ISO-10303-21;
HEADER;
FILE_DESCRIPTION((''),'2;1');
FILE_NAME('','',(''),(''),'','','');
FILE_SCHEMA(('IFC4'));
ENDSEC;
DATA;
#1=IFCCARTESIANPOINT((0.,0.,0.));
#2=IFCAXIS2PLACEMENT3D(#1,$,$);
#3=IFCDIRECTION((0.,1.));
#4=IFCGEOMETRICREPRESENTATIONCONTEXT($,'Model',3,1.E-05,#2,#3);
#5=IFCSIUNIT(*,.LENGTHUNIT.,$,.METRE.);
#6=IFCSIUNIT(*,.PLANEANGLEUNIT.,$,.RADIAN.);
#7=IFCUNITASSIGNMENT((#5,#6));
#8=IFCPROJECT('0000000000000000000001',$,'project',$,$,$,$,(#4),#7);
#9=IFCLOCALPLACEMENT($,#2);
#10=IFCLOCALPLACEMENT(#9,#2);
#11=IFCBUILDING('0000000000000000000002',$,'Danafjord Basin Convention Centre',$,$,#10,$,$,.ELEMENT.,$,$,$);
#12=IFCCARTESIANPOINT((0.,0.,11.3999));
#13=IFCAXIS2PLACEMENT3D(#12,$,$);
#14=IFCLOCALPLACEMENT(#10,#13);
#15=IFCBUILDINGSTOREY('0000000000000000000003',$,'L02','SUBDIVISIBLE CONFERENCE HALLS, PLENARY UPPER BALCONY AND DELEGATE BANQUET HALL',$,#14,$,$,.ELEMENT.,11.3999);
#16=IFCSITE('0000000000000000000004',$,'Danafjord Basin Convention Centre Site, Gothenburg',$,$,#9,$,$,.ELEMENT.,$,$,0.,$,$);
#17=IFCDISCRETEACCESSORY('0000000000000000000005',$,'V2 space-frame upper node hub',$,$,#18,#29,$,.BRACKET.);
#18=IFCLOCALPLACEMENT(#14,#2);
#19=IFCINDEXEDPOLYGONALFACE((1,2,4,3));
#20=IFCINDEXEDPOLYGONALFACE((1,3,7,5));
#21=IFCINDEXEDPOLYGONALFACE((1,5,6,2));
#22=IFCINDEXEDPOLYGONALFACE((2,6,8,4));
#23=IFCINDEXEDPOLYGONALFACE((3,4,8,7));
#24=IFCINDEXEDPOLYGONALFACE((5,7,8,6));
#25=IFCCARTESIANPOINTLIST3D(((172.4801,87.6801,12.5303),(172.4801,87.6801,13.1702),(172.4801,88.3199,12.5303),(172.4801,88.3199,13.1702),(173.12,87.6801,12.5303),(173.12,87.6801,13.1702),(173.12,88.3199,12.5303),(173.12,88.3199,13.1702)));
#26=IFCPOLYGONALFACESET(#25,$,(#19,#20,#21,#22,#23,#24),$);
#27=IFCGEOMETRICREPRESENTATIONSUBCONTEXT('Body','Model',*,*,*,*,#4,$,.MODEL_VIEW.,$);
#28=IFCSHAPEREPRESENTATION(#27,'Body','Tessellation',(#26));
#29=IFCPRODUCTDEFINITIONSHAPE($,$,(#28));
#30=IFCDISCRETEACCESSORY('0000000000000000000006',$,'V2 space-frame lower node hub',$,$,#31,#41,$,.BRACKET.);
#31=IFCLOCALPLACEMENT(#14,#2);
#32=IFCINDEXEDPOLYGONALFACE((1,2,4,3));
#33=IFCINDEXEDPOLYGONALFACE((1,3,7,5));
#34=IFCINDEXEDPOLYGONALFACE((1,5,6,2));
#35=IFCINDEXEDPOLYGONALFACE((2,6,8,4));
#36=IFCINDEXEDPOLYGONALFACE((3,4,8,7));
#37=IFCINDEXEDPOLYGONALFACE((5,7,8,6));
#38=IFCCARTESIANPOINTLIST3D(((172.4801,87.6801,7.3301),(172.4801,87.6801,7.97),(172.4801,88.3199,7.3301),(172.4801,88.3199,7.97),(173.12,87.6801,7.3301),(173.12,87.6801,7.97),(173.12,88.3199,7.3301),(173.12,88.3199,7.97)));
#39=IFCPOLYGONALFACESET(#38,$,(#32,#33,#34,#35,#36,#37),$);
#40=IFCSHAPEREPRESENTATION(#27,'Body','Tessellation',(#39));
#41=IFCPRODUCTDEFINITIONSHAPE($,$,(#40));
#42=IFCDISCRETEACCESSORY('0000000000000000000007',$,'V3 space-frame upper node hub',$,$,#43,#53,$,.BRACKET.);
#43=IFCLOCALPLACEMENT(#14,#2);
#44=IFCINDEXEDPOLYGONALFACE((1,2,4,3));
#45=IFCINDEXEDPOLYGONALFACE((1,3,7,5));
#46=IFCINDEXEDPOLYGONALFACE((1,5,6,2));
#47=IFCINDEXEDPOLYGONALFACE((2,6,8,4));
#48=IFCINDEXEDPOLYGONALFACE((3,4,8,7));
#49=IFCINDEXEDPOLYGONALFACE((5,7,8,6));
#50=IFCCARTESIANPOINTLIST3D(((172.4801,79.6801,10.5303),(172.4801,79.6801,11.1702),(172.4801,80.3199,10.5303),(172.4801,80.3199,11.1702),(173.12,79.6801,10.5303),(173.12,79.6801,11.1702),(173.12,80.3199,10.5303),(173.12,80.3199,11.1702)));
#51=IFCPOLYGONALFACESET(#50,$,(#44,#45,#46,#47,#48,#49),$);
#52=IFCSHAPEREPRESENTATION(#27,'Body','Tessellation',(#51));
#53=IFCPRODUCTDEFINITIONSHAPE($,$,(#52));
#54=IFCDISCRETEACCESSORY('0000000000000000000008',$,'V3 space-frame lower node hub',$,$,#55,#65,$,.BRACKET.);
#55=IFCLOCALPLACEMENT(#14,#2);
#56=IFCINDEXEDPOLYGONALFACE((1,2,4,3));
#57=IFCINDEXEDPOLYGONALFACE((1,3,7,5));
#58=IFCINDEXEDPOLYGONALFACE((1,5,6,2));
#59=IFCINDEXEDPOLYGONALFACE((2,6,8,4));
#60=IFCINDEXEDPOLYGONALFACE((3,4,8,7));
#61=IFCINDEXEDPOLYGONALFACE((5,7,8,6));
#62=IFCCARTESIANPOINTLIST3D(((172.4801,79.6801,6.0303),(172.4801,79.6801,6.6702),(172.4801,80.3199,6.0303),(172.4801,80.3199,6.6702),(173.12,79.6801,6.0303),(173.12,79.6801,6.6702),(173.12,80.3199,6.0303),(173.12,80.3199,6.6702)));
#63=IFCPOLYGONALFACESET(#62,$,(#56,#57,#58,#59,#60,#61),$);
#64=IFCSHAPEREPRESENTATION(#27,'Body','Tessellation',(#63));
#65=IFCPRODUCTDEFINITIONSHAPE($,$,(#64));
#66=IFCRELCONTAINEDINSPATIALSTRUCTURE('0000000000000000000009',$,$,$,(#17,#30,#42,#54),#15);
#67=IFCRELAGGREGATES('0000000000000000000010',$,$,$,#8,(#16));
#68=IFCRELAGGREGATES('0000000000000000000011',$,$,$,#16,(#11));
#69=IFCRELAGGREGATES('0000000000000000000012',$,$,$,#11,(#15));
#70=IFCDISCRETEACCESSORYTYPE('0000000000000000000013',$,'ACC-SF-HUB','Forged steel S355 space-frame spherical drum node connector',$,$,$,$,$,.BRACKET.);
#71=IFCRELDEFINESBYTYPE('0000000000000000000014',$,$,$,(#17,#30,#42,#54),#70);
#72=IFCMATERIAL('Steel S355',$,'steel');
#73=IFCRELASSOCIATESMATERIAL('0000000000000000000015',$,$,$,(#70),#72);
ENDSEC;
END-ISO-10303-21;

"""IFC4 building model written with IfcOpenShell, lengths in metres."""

from ifc_helpers import new_model, si_unit, direction, frame, origin, origin_2d, place, context, subcontext, project, spatial, rectangle, extrude, material, type_object, element, save


model = new_model("IFC4")

# Units and contexts
model_context = context("Model", 3, precision=1e-05, world=origin(), true_north=direction((0.0, 1.0)))
body_context = subcontext(model_context, "Body", "Model", "MODEL_VIEW")
ifc_project = project(units=[si_unit("LENGTHUNIT", "METRE"), si_unit("PLANEANGLEUNIT", "RADIAN")], contexts=[model_context])

# Site, building, storey
site_placement = place(None, origin())
site = spatial("IfcSite", under=ifc_project, at=site_placement, Name="Danafjord Basin Convention Centre Site, Gothenburg", CompositionType="ELEMENT", RefElevation=0.0)
building_placement = place(site_placement, origin())
building = spatial("IfcBuilding", under=site, at=building_placement, Name="Danafjord Basin Convention Centre", CompositionType="ELEMENT")
storey_placement = place(building_placement, frame((0.0, 0.0, 11.3999)))
storey = spatial("IfcBuildingStorey", under=building, at=storey_placement, Name="L02", Description="SUBDIVISIBLE CONFERENCE HALLS, PLENARY UPPER BALCONY AND DELEGATE BANQUET HALL", CompositionType="ELEMENT", Elevation=11.3999)

# Shared definitions
ifc_material_1 = material(Name="Steel S355", Category="steel")

# Discrete accessories
discrete_accessory_type = type_object("IfcDiscreteAccessoryType", Name="ACC-SF-HUB", Description="Forged steel S355 space-frame spherical drum node connector", PredefinedType="BRACKET", material=ifc_material_1)
for number, where, z_axis, x_axis, name in (
    (1, (172.8, 88.0, 12.5303), (0.0, 0.0, 1.0), (1.0, 0.0, 0.0), "V2 space-frame upper node hub"),
    (2, (172.8, 88.0, 7.3301), (0.0, 0.0, 1.0), (1.0, 0.0, 0.0), "V2 space-frame lower node hub"),
    (3, (172.8, 80.0, 10.5303), (0.0, 0.0, 1.0), (1.0, 0.0, 0.0), "V3 space-frame upper node hub"),
    (4, (172.8, 80.0, 6.0303), (0.0, 0.0, 1.0), (1.0, 0.0, 0.0), "V3 space-frame lower node hub"),
):
    element("IfcDiscreteAccessory", number, at=place(storey_placement, frame(where, z_axis=z_axis, x_axis=x_axis)), inside=storey, type_object=discrete_accessory_type, Name=name, PredefinedType="BRACKET", context=body_context, shape_type="SweptSolid", body=[
        extrude(rectangle(XDim=0.6399, YDim=0.6399, at=origin_2d()), origin(), (0.0, 0.0, 1.0), 0.6399),
    ])

save(model, "model.ifc")
